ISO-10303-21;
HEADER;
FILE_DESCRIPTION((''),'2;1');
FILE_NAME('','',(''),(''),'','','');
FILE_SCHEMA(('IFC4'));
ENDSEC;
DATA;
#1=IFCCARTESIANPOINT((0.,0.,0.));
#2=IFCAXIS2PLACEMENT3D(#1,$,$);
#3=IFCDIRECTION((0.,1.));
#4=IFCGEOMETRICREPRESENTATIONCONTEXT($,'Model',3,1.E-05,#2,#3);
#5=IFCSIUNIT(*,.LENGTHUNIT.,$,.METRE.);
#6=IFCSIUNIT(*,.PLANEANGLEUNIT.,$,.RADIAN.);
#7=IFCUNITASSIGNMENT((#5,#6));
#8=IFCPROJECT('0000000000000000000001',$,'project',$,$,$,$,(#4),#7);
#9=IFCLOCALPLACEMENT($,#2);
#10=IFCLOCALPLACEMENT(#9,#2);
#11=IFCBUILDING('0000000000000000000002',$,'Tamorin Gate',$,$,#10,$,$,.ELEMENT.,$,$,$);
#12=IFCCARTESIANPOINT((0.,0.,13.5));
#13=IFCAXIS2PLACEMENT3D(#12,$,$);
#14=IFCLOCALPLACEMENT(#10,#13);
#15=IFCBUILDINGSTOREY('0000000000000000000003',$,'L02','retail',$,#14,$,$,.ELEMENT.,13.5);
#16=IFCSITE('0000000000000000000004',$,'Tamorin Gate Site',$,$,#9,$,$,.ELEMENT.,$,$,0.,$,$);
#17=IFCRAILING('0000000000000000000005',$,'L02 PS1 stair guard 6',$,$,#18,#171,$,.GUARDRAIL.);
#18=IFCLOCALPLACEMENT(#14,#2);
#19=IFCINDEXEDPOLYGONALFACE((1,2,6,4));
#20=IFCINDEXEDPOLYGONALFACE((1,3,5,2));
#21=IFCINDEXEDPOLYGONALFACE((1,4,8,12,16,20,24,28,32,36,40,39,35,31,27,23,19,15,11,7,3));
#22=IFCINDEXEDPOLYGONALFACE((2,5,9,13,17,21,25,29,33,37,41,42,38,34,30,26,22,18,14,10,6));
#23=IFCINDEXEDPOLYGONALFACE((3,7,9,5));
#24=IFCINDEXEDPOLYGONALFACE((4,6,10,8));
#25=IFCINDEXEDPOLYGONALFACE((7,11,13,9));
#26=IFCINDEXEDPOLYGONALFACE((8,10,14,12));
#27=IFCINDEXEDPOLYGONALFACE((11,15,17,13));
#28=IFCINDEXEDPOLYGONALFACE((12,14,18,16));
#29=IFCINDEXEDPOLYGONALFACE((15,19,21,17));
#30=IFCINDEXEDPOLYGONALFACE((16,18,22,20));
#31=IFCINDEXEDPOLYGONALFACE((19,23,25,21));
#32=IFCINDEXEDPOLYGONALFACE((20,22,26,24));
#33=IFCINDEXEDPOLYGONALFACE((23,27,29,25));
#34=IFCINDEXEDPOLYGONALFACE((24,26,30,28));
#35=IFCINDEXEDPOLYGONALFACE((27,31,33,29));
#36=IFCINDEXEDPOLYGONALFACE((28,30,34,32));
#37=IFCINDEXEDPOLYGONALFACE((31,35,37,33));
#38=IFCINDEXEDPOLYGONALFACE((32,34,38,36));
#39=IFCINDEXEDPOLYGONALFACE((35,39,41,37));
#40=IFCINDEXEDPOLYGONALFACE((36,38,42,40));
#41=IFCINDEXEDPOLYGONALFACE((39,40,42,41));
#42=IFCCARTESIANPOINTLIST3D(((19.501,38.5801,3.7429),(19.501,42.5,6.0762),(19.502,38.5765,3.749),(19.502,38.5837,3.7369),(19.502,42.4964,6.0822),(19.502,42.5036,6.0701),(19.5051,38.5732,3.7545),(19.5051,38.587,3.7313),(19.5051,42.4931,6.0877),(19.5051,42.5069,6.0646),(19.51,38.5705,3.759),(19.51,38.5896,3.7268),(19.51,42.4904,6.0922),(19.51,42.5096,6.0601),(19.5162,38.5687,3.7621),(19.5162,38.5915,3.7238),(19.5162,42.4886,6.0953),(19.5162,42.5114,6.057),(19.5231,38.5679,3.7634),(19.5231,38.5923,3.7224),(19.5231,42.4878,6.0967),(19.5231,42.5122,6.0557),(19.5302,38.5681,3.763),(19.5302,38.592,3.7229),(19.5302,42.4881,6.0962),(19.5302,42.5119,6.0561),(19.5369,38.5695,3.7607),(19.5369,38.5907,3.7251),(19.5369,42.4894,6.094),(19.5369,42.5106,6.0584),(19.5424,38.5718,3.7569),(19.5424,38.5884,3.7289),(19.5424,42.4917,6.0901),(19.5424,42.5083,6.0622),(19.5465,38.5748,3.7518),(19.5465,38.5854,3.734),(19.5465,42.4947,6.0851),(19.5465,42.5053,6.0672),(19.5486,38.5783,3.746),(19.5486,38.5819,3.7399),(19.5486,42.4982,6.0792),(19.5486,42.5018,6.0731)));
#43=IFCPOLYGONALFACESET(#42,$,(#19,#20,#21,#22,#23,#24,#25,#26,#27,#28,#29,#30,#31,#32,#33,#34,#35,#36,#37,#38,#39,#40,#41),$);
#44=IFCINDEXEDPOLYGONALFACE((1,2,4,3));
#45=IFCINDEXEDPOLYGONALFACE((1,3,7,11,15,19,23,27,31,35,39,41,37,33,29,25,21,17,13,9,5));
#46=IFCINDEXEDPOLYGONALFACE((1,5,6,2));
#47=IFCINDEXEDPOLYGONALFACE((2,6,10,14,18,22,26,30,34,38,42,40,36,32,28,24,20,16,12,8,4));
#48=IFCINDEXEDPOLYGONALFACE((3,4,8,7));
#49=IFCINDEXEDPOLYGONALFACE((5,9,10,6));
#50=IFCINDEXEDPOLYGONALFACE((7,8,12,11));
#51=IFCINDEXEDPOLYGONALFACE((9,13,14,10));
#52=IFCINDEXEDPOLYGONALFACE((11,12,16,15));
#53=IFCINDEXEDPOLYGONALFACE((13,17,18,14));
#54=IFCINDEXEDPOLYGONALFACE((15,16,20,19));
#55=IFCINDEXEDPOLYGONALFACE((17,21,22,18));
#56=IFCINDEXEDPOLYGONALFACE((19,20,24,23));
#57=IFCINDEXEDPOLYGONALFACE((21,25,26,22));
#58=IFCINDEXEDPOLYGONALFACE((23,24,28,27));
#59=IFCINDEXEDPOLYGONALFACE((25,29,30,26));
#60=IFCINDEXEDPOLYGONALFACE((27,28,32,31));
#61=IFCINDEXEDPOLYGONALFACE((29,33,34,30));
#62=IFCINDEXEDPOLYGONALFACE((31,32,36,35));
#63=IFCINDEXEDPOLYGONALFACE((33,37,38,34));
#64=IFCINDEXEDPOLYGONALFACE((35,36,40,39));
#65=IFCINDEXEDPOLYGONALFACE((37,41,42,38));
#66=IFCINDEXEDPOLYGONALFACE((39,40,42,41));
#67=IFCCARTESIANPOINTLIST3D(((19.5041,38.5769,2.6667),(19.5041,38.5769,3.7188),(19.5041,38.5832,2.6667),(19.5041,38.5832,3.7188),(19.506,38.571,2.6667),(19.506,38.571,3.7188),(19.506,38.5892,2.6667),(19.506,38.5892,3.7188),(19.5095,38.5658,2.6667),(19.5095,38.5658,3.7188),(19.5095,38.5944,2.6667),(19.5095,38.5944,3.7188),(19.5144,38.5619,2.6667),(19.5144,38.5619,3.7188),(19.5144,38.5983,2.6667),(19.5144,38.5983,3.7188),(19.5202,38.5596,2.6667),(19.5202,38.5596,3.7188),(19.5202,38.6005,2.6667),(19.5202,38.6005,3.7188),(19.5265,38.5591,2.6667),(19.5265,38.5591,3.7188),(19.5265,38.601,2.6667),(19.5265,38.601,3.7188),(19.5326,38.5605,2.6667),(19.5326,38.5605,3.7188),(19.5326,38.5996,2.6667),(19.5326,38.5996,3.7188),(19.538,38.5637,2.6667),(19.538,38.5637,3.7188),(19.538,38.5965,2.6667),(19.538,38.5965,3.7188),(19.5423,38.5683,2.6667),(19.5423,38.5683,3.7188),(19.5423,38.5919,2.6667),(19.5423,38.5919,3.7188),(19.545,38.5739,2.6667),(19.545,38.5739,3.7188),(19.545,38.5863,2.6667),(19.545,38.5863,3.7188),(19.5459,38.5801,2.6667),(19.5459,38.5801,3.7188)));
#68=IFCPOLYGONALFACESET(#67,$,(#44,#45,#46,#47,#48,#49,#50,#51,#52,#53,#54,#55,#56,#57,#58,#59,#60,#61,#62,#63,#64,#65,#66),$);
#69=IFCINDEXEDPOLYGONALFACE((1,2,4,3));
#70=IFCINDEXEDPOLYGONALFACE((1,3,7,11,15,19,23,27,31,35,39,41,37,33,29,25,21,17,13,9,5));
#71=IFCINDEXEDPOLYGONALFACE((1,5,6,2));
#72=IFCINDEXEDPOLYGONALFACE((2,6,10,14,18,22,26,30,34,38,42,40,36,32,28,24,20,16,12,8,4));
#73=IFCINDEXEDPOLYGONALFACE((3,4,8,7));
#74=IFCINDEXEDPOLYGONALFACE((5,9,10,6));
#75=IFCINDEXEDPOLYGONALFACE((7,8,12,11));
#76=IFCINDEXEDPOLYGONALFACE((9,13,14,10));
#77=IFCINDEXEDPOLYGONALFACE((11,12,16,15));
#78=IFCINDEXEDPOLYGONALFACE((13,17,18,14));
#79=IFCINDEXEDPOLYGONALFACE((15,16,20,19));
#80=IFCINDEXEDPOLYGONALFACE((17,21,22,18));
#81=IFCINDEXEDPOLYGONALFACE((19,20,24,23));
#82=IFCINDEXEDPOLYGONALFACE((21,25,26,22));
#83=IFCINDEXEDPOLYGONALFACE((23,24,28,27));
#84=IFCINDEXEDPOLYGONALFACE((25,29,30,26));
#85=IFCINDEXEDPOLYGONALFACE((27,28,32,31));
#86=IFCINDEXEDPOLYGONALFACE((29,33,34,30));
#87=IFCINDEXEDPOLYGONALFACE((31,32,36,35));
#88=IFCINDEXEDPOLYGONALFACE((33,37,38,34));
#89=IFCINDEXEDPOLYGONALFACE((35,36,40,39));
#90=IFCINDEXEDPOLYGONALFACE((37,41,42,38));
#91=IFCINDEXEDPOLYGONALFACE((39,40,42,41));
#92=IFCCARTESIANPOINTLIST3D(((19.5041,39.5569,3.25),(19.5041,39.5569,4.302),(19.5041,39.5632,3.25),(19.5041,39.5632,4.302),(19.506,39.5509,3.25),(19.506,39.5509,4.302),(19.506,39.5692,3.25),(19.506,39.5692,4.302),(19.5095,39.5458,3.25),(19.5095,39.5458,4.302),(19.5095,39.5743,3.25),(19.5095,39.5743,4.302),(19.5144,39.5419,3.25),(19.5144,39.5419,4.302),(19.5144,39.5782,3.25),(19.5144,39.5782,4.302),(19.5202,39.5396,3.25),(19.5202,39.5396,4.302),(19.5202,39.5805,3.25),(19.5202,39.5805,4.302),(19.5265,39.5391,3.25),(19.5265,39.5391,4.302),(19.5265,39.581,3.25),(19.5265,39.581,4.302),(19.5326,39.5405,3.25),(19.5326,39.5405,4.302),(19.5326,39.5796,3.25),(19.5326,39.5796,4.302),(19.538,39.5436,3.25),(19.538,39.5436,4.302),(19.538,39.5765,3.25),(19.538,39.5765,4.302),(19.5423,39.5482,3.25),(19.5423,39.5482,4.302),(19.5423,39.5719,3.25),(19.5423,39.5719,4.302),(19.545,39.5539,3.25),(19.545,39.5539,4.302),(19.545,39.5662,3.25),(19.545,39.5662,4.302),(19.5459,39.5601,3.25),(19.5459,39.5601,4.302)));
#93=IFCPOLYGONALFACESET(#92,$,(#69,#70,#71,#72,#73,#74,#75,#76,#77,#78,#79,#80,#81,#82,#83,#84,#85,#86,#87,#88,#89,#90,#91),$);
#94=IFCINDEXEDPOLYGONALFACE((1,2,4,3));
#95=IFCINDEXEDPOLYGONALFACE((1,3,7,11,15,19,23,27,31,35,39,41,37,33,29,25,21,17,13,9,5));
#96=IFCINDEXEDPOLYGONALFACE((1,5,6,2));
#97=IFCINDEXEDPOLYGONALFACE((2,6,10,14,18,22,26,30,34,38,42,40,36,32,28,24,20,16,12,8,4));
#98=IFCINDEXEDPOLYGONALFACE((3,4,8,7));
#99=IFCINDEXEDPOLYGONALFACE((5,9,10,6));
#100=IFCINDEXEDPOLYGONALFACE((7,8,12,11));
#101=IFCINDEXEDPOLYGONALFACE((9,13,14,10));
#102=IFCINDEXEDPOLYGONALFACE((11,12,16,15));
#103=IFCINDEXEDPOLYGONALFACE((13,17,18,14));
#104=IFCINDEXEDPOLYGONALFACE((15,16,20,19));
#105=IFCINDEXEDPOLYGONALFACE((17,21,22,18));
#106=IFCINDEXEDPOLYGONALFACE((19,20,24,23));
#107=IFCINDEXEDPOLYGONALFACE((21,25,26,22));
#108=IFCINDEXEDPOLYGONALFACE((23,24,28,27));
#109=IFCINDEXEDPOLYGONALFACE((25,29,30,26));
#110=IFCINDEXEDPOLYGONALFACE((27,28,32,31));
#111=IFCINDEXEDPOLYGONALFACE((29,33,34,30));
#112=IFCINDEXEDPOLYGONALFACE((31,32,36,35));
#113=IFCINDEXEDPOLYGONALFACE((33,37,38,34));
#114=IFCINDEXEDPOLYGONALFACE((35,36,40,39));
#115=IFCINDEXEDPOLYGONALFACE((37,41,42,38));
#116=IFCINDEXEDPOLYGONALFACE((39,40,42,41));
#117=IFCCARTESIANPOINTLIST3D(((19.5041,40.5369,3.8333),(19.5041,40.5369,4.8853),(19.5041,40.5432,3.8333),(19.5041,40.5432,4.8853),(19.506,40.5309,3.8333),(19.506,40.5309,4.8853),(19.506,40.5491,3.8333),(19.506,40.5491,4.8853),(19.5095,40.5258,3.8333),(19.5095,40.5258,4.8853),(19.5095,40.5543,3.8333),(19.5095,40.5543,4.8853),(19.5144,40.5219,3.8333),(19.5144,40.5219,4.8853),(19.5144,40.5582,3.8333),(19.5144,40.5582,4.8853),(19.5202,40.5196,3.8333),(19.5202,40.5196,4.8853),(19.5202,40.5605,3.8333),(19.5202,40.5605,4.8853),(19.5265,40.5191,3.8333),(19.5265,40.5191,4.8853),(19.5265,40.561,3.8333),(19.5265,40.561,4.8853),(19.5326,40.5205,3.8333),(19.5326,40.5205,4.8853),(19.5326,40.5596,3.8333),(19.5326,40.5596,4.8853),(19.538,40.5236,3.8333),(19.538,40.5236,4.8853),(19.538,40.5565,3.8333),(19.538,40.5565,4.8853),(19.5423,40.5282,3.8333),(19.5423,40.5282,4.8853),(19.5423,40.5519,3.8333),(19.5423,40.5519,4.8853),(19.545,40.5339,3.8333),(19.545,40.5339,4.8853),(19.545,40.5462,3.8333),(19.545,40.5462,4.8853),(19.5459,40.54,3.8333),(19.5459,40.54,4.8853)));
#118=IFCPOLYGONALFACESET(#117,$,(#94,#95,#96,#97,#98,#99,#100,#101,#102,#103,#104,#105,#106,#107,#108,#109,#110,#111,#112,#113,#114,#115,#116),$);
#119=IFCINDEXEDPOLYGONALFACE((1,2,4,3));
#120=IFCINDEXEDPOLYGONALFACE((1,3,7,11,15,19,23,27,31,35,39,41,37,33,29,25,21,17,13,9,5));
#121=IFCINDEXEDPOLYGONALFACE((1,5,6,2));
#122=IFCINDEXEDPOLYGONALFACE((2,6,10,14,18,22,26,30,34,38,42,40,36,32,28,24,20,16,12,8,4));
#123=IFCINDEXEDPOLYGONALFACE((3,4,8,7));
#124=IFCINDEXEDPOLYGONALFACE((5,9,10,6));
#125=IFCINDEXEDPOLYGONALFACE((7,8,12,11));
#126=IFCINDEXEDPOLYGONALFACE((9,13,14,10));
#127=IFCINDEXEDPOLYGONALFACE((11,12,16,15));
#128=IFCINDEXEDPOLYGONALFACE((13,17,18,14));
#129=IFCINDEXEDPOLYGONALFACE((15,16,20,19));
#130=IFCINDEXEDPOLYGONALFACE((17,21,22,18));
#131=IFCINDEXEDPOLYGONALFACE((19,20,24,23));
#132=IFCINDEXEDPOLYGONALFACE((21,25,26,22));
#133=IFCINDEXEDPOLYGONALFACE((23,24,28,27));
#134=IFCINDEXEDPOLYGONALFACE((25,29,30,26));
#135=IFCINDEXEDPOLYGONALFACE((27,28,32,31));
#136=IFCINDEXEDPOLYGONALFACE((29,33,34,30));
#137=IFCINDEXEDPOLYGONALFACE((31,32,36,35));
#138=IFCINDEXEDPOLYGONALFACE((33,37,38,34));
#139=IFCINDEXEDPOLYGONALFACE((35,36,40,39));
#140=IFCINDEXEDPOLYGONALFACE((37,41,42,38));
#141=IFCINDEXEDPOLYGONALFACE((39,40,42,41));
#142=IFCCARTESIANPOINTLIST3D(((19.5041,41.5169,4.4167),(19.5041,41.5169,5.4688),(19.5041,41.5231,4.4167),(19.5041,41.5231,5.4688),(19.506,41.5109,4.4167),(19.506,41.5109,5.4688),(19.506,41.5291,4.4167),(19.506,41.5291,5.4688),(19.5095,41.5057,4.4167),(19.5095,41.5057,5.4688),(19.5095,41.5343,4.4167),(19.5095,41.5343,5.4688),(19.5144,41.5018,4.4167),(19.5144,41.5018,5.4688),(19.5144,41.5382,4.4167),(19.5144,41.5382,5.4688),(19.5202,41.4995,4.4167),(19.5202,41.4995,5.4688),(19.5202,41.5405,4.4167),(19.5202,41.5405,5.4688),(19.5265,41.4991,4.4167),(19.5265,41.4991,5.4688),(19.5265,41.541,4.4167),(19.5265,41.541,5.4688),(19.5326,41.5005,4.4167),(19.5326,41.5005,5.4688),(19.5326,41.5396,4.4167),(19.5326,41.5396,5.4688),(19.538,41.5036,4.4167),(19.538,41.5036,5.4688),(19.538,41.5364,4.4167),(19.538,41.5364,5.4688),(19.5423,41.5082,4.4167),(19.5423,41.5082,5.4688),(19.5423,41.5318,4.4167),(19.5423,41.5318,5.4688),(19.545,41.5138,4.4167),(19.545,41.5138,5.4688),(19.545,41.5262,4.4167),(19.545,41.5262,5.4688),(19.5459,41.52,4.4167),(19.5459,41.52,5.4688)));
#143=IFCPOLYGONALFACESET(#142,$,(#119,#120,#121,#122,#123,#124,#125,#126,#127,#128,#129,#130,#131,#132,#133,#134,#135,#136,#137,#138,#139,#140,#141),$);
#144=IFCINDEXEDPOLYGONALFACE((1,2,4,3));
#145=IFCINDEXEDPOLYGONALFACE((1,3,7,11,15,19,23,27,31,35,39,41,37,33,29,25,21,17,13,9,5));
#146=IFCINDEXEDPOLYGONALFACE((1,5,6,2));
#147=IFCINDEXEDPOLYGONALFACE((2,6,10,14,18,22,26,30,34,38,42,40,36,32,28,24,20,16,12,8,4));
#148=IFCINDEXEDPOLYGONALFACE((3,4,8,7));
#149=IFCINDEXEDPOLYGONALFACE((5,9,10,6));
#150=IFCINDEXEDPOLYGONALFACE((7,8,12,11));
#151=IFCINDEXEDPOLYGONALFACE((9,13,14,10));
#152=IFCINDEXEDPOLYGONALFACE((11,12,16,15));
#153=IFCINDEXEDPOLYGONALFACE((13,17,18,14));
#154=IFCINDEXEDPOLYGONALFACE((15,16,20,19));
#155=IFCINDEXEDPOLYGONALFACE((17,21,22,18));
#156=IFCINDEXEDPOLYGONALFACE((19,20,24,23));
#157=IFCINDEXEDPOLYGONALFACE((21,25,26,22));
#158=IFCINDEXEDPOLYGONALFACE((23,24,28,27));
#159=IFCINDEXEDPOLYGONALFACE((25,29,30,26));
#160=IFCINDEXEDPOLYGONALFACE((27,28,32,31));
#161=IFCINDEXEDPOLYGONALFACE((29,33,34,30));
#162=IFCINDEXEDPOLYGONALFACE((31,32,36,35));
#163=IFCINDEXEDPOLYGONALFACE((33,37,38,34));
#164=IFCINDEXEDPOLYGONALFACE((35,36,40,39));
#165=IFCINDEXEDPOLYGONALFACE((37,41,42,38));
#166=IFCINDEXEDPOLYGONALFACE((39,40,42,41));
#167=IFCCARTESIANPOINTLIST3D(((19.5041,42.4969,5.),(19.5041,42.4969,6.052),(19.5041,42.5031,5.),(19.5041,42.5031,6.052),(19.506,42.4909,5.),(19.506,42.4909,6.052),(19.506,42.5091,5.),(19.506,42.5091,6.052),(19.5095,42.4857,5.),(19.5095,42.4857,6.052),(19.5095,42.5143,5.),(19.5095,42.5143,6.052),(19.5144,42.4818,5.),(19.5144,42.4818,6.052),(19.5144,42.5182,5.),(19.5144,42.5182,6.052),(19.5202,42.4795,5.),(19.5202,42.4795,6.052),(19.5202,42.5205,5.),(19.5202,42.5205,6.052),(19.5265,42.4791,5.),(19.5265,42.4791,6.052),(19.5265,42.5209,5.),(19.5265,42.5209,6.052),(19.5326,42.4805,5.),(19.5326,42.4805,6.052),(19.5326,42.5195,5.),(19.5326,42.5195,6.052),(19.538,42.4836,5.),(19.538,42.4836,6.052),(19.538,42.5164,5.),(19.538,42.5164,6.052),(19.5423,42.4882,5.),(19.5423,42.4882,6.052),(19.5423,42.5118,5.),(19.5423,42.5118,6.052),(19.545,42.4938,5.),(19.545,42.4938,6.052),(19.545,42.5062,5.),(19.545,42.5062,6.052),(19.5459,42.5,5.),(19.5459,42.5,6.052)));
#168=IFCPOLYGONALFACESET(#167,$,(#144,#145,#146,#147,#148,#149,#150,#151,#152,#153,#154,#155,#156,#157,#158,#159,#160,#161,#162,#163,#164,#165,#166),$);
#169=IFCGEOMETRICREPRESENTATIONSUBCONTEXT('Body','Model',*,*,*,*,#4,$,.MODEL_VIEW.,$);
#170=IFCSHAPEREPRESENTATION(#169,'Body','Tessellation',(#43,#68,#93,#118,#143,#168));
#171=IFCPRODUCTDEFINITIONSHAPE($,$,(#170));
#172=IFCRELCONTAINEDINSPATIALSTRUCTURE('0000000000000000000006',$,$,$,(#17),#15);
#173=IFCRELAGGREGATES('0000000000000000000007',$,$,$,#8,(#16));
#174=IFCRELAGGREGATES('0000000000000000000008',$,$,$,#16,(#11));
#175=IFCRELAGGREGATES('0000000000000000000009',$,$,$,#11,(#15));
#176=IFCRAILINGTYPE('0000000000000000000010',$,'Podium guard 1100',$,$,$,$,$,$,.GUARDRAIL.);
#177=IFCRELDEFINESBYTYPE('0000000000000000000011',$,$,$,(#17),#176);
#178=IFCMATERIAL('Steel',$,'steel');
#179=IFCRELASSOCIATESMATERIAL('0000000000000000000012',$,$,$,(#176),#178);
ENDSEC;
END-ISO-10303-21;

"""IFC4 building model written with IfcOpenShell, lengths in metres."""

from ifc_helpers import new_model, si_unit, direction, frame, origin, origin_2d, place, context, subcontext, project, spatial, circle, extrude, material, type_object, element, save


model = new_model("IFC4")

# Units and contexts
model_context = context("Model", 3, precision=1e-05, world=origin(), true_north=direction((0.0, 1.0)))
body_context = subcontext(model_context, "Body", "Model", "MODEL_VIEW")
ifc_project = project(units=[si_unit("LENGTHUNIT", "METRE"), si_unit("PLANEANGLEUNIT", "RADIAN")], contexts=[model_context])

# Site, building, storey
site_placement = place(None, origin())
site = spatial("IfcSite", under=ifc_project, at=site_placement, Name="Tamorin Gate Site", CompositionType="ELEMENT", RefElevation=0.0)
building_placement = place(site_placement, origin())
building = spatial("IfcBuilding", under=site, at=building_placement, Name="Tamorin Gate", CompositionType="ELEMENT")
storey_placement = place(building_placement, frame((0.0, 0.0, 13.5)))
storey = spatial("IfcBuildingStorey", under=building, at=storey_placement, Name="L02", Description="retail", CompositionType="ELEMENT", Elevation=13.5)

# Railing
ifc_material_1 = material(Name="Steel", Category="steel")
railing_type_1 = type_object("IfcRailingType", Name="Podium guard 1100", PredefinedType="GUARDRAIL", material=ifc_material_1)
railing_1_placement = place(storey_placement, frame((19.5249, 38.5801, 2.6667)))
element("IfcRailing", 1, at=railing_1_placement, inside=storey, type_object=railing_type_1, Name="L02 PS1 stair guard 6", PredefinedType="GUARDRAIL", context=body_context, shape_type="SweptSolid", body=[
    extrude(circle(Radius=0.0239, at=origin_2d()), frame((0.0, 0.0, 1.0762), z_axis=(0.0, 0.859296, 0.511478), x_axis=(-1.0, 0.0, 0.0)), (0.0, 0.0, 1.0), 4.5618),
    extrude(circle(Radius=0.021, at=origin_2d()), origin(), (0.0, 0.0, 1.0), 1.052),
    extrude(circle(Radius=0.021, at=origin_2d()), frame((0.0, 0.98, 0.5833)), (0.0, 0.0, 1.0), 1.052),
    extrude(circle(Radius=0.021, at=origin_2d()), frame((0.0, 1.96, 1.1665)), (0.0, 0.0, 1.0), 1.052),
    extrude(circle(Radius=0.021, at=origin_2d()), frame((0.0, 2.9399, 1.75)), (0.0, 0.0, 1.0), 1.052),
    extrude(circle(Radius=0.021, at=origin_2d()), frame((0.0, 3.9199, 2.3333)), (0.0, 0.0, 1.0), 1.052),
])

save(model, "model.ifc")
